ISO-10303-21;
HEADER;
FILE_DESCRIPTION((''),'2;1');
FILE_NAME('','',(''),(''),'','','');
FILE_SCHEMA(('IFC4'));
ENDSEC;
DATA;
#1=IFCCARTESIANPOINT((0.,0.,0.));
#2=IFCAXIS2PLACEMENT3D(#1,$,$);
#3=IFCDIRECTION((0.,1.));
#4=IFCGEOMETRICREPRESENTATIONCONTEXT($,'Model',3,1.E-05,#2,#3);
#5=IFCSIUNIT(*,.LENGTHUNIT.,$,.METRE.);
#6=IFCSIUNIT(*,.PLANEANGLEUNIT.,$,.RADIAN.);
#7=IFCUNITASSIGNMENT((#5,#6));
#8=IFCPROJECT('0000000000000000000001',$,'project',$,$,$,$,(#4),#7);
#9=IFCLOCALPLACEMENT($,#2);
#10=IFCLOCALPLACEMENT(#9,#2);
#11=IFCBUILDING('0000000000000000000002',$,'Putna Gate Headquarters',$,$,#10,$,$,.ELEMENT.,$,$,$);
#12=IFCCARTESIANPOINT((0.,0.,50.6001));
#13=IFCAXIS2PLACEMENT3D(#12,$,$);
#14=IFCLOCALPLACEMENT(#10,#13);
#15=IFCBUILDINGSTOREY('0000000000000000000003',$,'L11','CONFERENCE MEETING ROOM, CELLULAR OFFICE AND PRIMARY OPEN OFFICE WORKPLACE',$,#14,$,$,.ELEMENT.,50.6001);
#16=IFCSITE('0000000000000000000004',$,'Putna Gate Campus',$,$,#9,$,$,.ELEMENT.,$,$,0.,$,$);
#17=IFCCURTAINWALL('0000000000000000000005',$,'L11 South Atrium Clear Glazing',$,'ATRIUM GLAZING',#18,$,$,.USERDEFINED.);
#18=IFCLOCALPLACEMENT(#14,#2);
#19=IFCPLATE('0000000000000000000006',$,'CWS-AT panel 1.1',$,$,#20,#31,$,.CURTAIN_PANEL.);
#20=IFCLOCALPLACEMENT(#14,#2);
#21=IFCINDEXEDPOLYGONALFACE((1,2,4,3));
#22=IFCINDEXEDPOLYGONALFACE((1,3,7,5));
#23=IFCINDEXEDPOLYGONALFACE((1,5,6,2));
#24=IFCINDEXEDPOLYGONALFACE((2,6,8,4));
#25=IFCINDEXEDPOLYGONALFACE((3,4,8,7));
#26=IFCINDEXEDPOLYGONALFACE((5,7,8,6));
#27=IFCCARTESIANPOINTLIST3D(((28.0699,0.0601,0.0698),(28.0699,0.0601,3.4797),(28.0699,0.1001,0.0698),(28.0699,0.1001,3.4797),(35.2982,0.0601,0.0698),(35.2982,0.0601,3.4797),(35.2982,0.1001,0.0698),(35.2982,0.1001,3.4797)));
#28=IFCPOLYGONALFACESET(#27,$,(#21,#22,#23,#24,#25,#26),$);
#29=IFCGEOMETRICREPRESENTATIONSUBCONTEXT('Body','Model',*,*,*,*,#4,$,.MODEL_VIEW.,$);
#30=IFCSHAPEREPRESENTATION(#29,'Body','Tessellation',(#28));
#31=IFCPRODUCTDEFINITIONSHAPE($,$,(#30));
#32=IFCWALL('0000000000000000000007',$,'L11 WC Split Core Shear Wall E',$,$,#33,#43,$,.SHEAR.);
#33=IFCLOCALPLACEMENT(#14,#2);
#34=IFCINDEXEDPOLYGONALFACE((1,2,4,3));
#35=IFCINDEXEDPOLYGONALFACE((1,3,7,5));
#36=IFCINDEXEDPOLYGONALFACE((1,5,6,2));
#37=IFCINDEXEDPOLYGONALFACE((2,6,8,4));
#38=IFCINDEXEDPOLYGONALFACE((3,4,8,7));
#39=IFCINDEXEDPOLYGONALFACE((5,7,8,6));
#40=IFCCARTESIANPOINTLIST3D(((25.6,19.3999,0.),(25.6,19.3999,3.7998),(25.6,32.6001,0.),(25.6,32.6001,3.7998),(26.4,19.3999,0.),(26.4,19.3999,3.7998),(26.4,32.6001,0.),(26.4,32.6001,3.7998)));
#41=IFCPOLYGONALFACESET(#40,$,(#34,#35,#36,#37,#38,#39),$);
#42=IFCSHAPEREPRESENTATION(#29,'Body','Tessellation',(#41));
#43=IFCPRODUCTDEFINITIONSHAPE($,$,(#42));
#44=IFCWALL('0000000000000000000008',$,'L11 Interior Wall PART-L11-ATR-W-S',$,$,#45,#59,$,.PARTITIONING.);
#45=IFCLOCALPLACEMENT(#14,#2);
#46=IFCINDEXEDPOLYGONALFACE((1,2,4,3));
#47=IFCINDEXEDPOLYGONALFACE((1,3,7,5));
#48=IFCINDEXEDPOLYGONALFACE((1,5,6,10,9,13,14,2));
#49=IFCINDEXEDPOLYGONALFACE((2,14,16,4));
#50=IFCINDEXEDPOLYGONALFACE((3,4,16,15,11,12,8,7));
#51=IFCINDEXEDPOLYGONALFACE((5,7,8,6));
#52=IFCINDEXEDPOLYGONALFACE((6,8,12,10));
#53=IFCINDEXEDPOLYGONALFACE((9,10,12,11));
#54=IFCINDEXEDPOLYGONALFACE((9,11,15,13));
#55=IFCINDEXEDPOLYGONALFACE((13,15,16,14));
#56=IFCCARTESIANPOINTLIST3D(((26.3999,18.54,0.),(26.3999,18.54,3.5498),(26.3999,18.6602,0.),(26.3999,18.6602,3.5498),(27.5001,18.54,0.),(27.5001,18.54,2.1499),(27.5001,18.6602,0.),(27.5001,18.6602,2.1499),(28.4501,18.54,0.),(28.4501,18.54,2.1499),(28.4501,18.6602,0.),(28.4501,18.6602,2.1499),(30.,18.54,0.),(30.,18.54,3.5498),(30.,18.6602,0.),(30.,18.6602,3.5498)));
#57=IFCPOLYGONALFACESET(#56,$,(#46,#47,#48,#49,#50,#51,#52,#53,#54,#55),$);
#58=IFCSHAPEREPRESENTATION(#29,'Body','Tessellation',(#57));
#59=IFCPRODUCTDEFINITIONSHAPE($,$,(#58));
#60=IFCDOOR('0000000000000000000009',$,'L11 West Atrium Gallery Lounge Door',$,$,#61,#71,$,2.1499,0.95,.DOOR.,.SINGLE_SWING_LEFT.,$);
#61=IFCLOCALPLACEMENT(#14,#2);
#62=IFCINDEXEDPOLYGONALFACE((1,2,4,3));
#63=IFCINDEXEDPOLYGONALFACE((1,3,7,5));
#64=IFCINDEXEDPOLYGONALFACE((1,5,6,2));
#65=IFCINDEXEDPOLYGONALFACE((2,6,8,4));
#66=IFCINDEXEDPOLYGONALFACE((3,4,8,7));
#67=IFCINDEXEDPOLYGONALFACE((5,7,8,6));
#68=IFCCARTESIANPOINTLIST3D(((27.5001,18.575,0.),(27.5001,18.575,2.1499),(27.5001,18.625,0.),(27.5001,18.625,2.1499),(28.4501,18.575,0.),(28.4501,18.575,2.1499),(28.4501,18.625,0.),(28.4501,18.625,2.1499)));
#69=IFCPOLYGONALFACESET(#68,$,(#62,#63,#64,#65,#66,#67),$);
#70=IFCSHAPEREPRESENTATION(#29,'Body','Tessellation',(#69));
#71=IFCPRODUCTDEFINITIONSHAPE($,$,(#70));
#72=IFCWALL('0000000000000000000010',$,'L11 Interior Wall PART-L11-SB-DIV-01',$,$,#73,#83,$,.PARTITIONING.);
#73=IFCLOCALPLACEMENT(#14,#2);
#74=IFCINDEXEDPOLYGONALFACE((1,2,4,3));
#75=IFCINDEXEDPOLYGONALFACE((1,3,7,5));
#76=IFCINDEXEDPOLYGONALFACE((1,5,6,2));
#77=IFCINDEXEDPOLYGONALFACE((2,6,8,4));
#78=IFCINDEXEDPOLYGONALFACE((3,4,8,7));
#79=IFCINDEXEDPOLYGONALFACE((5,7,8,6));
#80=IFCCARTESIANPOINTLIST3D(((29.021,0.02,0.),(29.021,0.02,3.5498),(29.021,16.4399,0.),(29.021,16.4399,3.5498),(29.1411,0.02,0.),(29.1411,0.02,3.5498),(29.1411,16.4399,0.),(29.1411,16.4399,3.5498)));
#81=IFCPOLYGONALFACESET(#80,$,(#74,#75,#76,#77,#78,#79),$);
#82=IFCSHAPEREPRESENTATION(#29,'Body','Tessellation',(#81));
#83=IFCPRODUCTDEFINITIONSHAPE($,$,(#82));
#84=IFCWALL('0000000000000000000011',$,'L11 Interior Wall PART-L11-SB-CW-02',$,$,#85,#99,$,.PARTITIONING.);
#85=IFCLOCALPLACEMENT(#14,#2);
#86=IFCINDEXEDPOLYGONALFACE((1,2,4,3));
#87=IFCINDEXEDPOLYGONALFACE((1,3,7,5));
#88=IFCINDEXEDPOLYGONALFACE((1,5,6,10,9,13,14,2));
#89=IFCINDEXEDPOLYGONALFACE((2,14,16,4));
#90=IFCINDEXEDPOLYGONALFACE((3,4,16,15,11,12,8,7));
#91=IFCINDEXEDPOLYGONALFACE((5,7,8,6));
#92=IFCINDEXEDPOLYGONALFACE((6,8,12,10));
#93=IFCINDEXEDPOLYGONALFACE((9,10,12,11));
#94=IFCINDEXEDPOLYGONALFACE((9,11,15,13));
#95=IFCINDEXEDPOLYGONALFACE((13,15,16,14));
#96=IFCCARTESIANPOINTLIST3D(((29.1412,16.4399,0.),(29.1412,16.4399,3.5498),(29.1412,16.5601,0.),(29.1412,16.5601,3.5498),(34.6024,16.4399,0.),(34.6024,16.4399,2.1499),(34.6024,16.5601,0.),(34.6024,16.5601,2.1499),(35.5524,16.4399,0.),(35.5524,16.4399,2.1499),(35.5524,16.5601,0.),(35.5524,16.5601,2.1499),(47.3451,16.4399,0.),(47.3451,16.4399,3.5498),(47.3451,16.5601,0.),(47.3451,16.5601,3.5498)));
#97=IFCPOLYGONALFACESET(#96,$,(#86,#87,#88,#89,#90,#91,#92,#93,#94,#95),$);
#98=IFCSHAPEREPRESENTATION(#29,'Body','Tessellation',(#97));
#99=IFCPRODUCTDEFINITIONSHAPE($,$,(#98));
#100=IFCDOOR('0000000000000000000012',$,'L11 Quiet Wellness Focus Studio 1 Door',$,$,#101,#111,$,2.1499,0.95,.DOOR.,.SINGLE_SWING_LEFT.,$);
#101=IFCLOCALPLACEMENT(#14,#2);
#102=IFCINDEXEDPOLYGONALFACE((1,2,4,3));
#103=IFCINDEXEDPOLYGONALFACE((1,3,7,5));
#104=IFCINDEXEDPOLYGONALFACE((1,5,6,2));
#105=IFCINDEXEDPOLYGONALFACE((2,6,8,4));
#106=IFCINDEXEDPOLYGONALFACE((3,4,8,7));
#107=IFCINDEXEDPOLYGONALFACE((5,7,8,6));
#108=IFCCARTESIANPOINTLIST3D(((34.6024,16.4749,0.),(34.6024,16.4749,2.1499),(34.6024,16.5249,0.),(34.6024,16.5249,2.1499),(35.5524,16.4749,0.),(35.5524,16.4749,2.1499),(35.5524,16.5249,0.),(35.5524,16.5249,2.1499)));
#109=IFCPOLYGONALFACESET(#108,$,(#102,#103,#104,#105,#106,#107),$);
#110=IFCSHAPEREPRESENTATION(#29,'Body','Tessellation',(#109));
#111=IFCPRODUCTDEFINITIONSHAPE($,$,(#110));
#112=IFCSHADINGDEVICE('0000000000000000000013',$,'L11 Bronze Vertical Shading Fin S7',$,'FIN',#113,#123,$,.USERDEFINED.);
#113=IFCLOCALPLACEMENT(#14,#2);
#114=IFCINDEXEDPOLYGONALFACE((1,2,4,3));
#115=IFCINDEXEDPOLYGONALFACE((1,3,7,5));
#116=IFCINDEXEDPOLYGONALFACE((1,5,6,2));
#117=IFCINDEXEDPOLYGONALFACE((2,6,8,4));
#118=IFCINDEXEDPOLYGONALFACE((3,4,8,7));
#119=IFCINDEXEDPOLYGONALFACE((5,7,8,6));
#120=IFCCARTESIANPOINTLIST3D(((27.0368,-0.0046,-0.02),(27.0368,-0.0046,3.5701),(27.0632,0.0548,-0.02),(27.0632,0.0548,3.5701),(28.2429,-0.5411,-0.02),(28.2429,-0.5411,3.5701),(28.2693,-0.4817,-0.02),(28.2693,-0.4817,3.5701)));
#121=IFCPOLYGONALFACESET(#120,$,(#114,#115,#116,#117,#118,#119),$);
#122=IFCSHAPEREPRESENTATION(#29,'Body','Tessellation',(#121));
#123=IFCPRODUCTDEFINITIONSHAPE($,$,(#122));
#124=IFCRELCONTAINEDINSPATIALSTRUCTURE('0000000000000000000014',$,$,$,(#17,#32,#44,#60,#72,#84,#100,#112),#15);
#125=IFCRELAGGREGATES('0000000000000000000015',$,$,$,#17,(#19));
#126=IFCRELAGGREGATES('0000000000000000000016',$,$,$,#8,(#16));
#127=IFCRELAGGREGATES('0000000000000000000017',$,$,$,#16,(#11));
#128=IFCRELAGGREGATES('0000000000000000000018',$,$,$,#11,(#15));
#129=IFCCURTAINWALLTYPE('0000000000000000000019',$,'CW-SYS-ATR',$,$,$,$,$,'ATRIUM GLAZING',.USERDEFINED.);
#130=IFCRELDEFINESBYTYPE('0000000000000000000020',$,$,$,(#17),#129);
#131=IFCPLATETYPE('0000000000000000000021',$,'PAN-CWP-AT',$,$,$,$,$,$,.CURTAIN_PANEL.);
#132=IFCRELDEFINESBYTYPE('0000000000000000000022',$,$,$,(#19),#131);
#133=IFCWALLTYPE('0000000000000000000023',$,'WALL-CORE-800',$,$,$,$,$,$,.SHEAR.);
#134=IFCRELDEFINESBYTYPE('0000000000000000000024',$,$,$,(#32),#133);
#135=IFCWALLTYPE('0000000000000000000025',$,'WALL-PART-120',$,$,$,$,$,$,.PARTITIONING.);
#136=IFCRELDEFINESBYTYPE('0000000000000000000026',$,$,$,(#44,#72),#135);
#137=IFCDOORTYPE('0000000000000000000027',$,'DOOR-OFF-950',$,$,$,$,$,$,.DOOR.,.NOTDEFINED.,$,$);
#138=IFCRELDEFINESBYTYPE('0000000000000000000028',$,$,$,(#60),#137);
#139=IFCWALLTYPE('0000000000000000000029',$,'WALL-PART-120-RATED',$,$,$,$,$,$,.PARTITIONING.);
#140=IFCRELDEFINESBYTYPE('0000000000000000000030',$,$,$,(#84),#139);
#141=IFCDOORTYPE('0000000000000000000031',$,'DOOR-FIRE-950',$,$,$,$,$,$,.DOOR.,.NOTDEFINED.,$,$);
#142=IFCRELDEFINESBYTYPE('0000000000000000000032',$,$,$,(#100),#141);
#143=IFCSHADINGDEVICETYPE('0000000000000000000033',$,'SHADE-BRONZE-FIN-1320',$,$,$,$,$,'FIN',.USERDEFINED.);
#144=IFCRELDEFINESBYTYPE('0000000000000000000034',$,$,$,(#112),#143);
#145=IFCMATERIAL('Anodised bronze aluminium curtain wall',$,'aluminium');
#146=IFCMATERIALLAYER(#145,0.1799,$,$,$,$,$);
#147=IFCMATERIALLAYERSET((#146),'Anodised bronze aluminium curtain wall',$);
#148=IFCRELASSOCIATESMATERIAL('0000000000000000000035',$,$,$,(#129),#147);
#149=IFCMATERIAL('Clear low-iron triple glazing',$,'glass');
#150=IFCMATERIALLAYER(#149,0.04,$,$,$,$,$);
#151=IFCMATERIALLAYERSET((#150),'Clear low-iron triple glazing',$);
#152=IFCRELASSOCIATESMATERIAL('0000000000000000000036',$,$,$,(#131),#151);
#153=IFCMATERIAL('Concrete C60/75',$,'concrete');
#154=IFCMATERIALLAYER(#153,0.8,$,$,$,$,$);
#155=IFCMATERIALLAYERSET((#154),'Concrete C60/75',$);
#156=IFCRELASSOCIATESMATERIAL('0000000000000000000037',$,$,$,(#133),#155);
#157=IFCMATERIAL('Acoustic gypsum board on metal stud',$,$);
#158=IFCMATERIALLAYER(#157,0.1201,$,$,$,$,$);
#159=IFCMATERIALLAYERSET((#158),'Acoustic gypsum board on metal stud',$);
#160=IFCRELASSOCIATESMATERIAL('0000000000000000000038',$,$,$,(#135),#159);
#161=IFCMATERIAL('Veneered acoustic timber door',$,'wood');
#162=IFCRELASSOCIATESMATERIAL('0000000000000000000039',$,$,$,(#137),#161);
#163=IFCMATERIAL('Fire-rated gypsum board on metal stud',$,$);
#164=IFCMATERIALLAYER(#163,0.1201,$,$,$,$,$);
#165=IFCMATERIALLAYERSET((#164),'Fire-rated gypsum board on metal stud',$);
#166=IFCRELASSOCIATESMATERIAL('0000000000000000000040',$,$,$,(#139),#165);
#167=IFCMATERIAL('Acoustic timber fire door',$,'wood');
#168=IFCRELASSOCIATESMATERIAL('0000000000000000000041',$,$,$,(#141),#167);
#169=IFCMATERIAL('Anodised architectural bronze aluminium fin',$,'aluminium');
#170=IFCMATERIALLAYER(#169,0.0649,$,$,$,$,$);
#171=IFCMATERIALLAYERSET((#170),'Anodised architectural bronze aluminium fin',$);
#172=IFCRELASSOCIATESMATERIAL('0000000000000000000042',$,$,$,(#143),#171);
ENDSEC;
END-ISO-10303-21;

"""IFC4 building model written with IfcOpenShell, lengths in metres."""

from ifc_helpers import new_model, si_unit, direction, frame, frame_2d, origin, origin_2d, place, context, subcontext, project, spatial, rectangle, extrude, material, layer, layer_set, type_object, element, fill, aggregate, save


model = new_model("IFC4")

# Units and contexts
model_context = context("Model", 3, precision=1e-05, world=origin(), true_north=direction((0.0, 1.0)))
body_context = subcontext(model_context, "Body", "Model", "MODEL_VIEW")
ifc_project = project(units=[si_unit("LENGTHUNIT", "METRE"), si_unit("PLANEANGLEUNIT", "RADIAN")], contexts=[model_context])

# Site, building, storey
site_placement = place(None, origin())
site = spatial("IfcSite", under=ifc_project, at=site_placement, Name="Putna Gate Campus", CompositionType="ELEMENT", RefElevation=0.0)
building_placement = place(site_placement, origin())
building = spatial("IfcBuilding", under=site, at=building_placement, Name="Putna Gate Headquarters", CompositionType="ELEMENT")
storey_placement = place(building_placement, frame((0.0, 0.0, 50.6001)))
storey = spatial("IfcBuildingStorey", under=building, at=storey_placement, Name="L11", Description="CONFERENCE MEETING ROOM, CELLULAR OFFICE AND PRIMARY OPEN OFFICE WORKPLACE", CompositionType="ELEMENT", Elevation=50.6001)

# Shared definitions
ifc_material_1 = material(Name="Concrete C60/75", Category="concrete")

# Shared definitions
ifc_material_2 = material(Name="Anodised bronze aluminium curtain wall", Category="aluminium")

# Curtain wall, plate
ifc_layer_1 = layer(ifc_material_2, 0.1799)
ifc_layer_set_1 = layer_set([ifc_layer_1], Name="Anodised bronze aluminium curtain wall")
curtain_wall_type_1 = type_object("IfcCurtainWallType", Name="CW-SYS-ATR", ElementType="ATRIUM GLAZING", PredefinedType="USERDEFINED", material=ifc_layer_set_1)
curtain_wall_1_placement = place(storey_placement, origin())
curtain_wall_1 = element("IfcCurtainWall", 1, at=curtain_wall_1_placement, inside=storey, type_object=curtain_wall_type_1, Name="L11 South Atrium Clear Glazing", ObjectType="ATRIUM GLAZING", PredefinedType="USERDEFINED")
ifc_material_3 = material(Name="Clear low-iron triple glazing", Category="glass")
ifc_layer_2 = layer(ifc_material_3, 0.04)
ifc_layer_set_2 = layer_set([ifc_layer_2], Name="Clear low-iron triple glazing")
plate_type = type_object("IfcPlateType", Name="PAN-CWP-AT", PredefinedType="CURTAIN_PANEL", material=ifc_layer_set_2)
plate_placement = place(storey_placement, frame((31.6841, 0.0801, 0.0698), z_axis=(0.0, 0.0, 1.0), x_axis=(1.0, 0.0, 0.0)))
plate = element("IfcPlate", 2, at=plate_placement, type_object=plate_type, Name="CWS-AT panel 1.1", PredefinedType="CURTAIN_PANEL", context=body_context, shape_type="SweptSolid", body=[
    extrude(rectangle(XDim=7.2283, YDim=0.04, at=origin_2d()), origin(), (0.0, 0.0, 1.0), 3.4099),
])
aggregate(curtain_wall_1, [plate])

# Wall
ifc_layer_3 = layer(ifc_material_1, 0.8)
ifc_layer_set_3 = layer_set([ifc_layer_3], Name="Concrete C60/75")
wall_type_1 = type_object("IfcWallType", Name="WALL-CORE-800", PredefinedType="SHEAR", material=ifc_layer_set_3)
wall_1_placement = place(storey_placement, frame((26.0, 19.3999, 0.0), z_axis=(0.0, 0.0, 1.0), x_axis=(0.0, 1.0, 0.0)))
element("IfcWall", 3, at=wall_1_placement, inside=storey, type_object=wall_type_1, Name="L11 WC Split Core Shear Wall E", PredefinedType="SHEAR", context=body_context, shape_type="SweptSolid", body=[
    extrude(rectangle(XDim=13.2002, YDim=0.8, at=frame_2d((6.6001, 0.0))), origin(), (0.0, 0.0, 1.0), 3.7998),
])

# Wall, opening, door
ifc_material_4 = material(Name="Acoustic gypsum board on metal stud")
ifc_layer_4 = layer(ifc_material_4, 0.1201)
ifc_layer_set_4 = layer_set([ifc_layer_4], Name="Acoustic gypsum board on metal stud")
wall_type_2 = type_object("IfcWallType", Name="WALL-PART-120", PredefinedType="PARTITIONING", material=ifc_layer_set_4)
wall_2_placement = place(storey_placement, frame((26.3999, 18.6001, 0.0), z_axis=(0.0, 0.0, 1.0), x_axis=(1.0, 0.0, 0.0)))
wall_2 = element("IfcWall", 4, at=wall_2_placement, inside=storey, type_object=wall_type_2, Name="L11 Interior Wall PART-L11-ATR-W-S", PredefinedType="PARTITIONING", context=body_context, shape_type="SweptSolid", body=[
    extrude(rectangle(XDim=3.6001, YDim=0.1201, at=frame_2d((1.8, 0.0))), origin(), (0.0, 0.0, 1.0), 3.5498),
])
opening_1_placement = place(wall_2_placement, frame((1.1001, 0.0, 0.0)))
opening_1 = element("IfcOpeningElement", 5, at=opening_1_placement, cuts=wall_2, PredefinedType="OPENING", context=body_context, shape_type="SweptSolid", body=[
    extrude(rectangle(XDim=0.95, YDim=2.1499, at=frame_2d((0.4751, 1.075))), frame((0.0, 0.0701, 0.0), z_axis=(0.0, -1.0, 0.0), x_axis=(1.0, 0.0, 0.0)), (0.0, 0.0, 1.0), 0.1401),
])
ifc_material_5 = material(Name="Veneered acoustic timber door", Category="wood")
door_type_1 = type_object("IfcDoorType", Name="DOOR-OFF-950", OperationType="NOTDEFINED", PredefinedType="DOOR", material=ifc_material_5)
door_1_placement = place(opening_1_placement, origin())
door_1 = element("IfcDoor", 6, at=door_1_placement, inside=storey, type_object=door_type_1, Name="L11 West Atrium Gallery Lounge Door", OperationType="SINGLE_SWING_LEFT", OverallHeight=2.1499, OverallWidth=0.95, PredefinedType="DOOR", context=body_context, shape_type="SweptSolid", body=[
    extrude(rectangle(XDim=0.95, YDim=2.1499, at=frame_2d((0.4751, 1.075))), frame((0.0, 0.0249, 0.0), z_axis=(0.0, -1.0, 0.0), x_axis=(1.0, 0.0, 0.0)), (0.0, 0.0, 1.0), 0.05),
])
fill(opening_1, door_1)

# Wall
wall_3_placement = place(storey_placement, frame((29.0811, 0.02, 0.0), z_axis=(0.0, 0.0, 1.0), x_axis=(0.0, 1.0, 0.0)))
element("IfcWall", 7, at=wall_3_placement, inside=storey, type_object=wall_type_2, Name="L11 Interior Wall PART-L11-SB-DIV-01", PredefinedType="PARTITIONING", context=body_context, shape_type="SweptSolid", body=[
    extrude(rectangle(XDim=16.4199, YDim=0.1201, at=frame_2d((8.21, 0.0))), origin(), (0.0, 0.0, 1.0), 3.5498),
])

# Wall, opening, door
ifc_material_6 = material(Name="Fire-rated gypsum board on metal stud")
ifc_layer_5 = layer(ifc_material_6, 0.1201)
ifc_layer_set_5 = layer_set([ifc_layer_5], Name="Fire-rated gypsum board on metal stud")
wall_type_3 = type_object("IfcWallType", Name="WALL-PART-120-RATED", PredefinedType="PARTITIONING", material=ifc_layer_set_5)
wall_4_placement = place(storey_placement, frame((29.1411, 16.5, 0.0), z_axis=(0.0, 0.0, 1.0), x_axis=(1.0, 0.0, 0.0)))
wall_4 = element("IfcWall", 8, at=wall_4_placement, inside=storey, type_object=wall_type_3, Name="L11 Interior Wall PART-L11-SB-CW-02", PredefinedType="PARTITIONING", context=body_context, shape_type="SweptSolid", body=[
    extrude(rectangle(XDim=18.2039, YDim=0.1201, at=frame_2d((9.1021, 0.0))), origin(), (0.0, 0.0, 1.0), 3.5498),
])
opening_2_placement = place(wall_4_placement, frame((5.4612, 0.0, 0.0)))
opening_2 = element("IfcOpeningElement", 9, at=opening_2_placement, cuts=wall_4, PredefinedType="OPENING", context=body_context, shape_type="SweptSolid", body=[
    extrude(rectangle(XDim=0.95, YDim=2.1499, at=frame_2d((0.4751, 1.075))), frame((0.0, 0.0701, 0.0), z_axis=(0.0, -1.0, 0.0), x_axis=(1.0, 0.0, 0.0)), (0.0, 0.0, 1.0), 0.1401),
])
ifc_material_7 = material(Name="Acoustic timber fire door", Category="wood")
door_type_2 = type_object("IfcDoorType", Name="DOOR-FIRE-950", OperationType="NOTDEFINED", PredefinedType="DOOR", material=ifc_material_7)
door_2_placement = place(opening_2_placement, origin())
door_2 = element("IfcDoor", 10, at=door_2_placement, inside=storey, type_object=door_type_2, Name="L11 Quiet Wellness Focus Studio 1 Door", OperationType="SINGLE_SWING_LEFT", OverallHeight=2.1499, OverallWidth=0.95, PredefinedType="DOOR", context=body_context, shape_type="SweptSolid", body=[
    extrude(rectangle(XDim=0.95, YDim=2.1499, at=frame_2d((0.4751, 1.075))), frame((0.0, 0.0249, 0.0), z_axis=(0.0, -1.0, 0.0), x_axis=(1.0, 0.0, 0.0)), (0.0, 0.0, 1.0), 0.05),
])
fill(opening_2, door_2)

# Shading device
ifc_material_8 = material(Name="Anodised architectural bronze aluminium fin", Category="aluminium")
ifc_layer_6 = layer(ifc_material_8, 0.0649)
ifc_layer_set_6 = layer_set([ifc_layer_6], Name="Anodised architectural bronze aluminium fin")
shading_device_type = type_object("IfcShadingDeviceType", Name="SHADE-BRONZE-FIN-1320", ElementType="FIN", PredefinedType="USERDEFINED", material=ifc_layer_set_6)
shading_device_placement = place(storey_placement, frame((27.6531, -0.2432, -0.02), z_axis=(0.0, 0.0, 1.0), x_axis=(0.913687, -0.406418, 0.0)))
element("IfcShadingDevice", 11, at=shading_device_placement, inside=storey, type_object=shading_device_type, Name="L11 Bronze Vertical Shading Fin S7", ObjectType="FIN", PredefinedType="USERDEFINED", context=body_context, shape_type="SweptSolid", body=[
    extrude(rectangle(XDim=1.3201, YDim=0.0649, at=origin_2d()), origin(), (0.0, 0.0, 1.0), 3.5901),
])

save(model, "model.ifc")
